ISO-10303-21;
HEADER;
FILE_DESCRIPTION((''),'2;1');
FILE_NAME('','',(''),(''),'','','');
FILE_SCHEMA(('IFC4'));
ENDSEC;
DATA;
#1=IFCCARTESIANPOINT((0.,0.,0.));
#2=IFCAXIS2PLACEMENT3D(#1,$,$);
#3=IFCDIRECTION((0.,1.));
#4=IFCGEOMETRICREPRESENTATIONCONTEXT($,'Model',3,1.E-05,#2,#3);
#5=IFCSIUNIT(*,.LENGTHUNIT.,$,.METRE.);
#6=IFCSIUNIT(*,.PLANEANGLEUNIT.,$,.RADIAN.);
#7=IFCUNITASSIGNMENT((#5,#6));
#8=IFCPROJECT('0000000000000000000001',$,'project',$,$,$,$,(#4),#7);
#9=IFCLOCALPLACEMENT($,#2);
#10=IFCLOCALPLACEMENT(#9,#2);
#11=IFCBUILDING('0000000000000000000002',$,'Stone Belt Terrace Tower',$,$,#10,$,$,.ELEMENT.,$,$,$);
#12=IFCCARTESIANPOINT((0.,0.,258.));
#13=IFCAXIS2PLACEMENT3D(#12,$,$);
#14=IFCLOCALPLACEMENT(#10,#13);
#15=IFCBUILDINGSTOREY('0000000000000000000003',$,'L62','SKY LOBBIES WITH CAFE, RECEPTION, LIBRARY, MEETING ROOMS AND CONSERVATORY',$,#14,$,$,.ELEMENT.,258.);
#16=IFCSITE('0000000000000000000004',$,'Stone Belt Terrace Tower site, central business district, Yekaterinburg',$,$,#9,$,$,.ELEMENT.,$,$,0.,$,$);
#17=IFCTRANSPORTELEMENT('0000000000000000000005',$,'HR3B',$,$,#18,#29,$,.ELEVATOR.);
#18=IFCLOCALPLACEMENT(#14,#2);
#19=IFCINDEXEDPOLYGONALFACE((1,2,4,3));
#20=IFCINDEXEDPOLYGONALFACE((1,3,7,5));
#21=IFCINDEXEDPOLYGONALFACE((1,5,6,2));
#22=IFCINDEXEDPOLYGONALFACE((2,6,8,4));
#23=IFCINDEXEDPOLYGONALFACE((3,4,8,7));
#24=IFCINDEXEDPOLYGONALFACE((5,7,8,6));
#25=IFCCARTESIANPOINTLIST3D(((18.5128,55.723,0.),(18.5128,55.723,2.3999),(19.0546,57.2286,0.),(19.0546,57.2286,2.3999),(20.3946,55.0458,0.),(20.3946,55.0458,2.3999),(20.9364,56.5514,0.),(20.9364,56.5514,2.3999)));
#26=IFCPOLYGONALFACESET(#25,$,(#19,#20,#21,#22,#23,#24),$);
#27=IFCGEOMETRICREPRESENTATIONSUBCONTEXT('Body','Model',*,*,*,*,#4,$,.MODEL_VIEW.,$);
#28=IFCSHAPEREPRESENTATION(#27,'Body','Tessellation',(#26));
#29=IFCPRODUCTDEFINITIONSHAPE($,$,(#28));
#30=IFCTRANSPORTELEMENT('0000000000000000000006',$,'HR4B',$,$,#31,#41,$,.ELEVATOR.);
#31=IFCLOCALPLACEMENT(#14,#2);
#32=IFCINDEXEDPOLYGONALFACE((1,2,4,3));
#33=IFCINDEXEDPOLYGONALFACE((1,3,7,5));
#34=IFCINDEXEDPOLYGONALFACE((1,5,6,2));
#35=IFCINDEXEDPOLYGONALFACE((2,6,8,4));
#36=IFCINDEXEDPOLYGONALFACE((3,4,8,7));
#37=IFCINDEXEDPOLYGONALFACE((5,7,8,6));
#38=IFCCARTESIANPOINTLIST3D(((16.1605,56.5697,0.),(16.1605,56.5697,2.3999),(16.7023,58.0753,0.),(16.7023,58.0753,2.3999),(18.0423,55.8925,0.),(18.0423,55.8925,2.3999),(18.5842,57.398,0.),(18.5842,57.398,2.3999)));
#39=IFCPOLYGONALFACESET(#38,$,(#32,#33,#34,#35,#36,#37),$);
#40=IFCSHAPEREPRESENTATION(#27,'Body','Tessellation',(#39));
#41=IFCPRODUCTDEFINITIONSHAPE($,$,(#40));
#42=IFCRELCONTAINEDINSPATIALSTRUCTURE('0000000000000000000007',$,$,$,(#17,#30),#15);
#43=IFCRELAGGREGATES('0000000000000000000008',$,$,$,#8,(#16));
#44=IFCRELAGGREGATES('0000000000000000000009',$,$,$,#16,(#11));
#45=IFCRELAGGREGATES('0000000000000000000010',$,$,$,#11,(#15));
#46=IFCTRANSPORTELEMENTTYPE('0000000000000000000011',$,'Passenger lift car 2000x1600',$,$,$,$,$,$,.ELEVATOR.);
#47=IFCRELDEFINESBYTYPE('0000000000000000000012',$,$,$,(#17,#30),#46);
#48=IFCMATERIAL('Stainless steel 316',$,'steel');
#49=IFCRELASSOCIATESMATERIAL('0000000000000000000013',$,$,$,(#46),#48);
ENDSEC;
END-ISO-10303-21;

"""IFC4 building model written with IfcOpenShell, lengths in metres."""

from ifc_helpers import new_model, si_unit, direction, frame, origin, origin_2d, place, context, subcontext, project, spatial, rectangle, extrude, material, type_object, element, save


model = new_model("IFC4")

# Units and contexts
model_context = context("Model", 3, precision=1e-05, world=origin(), true_north=direction((0.0, 1.0)))
body_context = subcontext(model_context, "Body", "Model", "MODEL_VIEW")
ifc_project = project(units=[si_unit("LENGTHUNIT", "METRE"), si_unit("PLANEANGLEUNIT", "RADIAN")], contexts=[model_context])

# Site, building, storey
site_placement = place(None, origin())
site = spatial("IfcSite", under=ifc_project, at=site_placement, Name="Stone Belt Terrace Tower site, central business district, Yekaterinburg", CompositionType="ELEMENT", RefElevation=0.0)
building_placement = place(site_placement, origin())
building = spatial("IfcBuilding", under=site, at=building_placement, Name="Stone Belt Terrace Tower", CompositionType="ELEMENT")
storey_placement = place(building_placement, frame((0.0, 0.0, 258.0)))
storey = spatial("IfcBuildingStorey", under=building, at=storey_placement, Name="L62", Description="SKY LOBBIES WITH CAFE, RECEPTION, LIBRARY, MEETING ROOMS AND CONSERVATORY", CompositionType="ELEMENT", Elevation=258.0)

# Transport elements
ifc_material_1 = material(Name="Stainless steel 316", Category="steel")
transport_element_type = type_object("IfcTransportElementType", Name="Passenger lift car 2000x1600", PredefinedType="ELEVATOR", material=ifc_material_1)
for number, where, z_axis, x_axis, name in (
    (1, (19.7246, 56.1372, 0.0), (0.0, 0.0, 1.0), (-0.940922, 0.338625, 0.0), "HR3B"),
    (2, (17.3723, 56.9839, 0.0), (0.0, 0.0, 1.0), (-0.940922, 0.338625, 0.0), "HR4B"),
):
    element("IfcTransportElement", number, at=place(storey_placement, frame(where, z_axis=z_axis, x_axis=x_axis)), inside=storey, type_object=transport_element_type, Name=name, PredefinedType="ELEVATOR", context=body_context, shape_type="SweptSolid", body=[
        extrude(rectangle(XDim=2.0, YDim=1.6001, at=origin_2d()), origin(), (0.0, 0.0, 1.0), 2.3999),
    ])

save(model, "model.ifc")
